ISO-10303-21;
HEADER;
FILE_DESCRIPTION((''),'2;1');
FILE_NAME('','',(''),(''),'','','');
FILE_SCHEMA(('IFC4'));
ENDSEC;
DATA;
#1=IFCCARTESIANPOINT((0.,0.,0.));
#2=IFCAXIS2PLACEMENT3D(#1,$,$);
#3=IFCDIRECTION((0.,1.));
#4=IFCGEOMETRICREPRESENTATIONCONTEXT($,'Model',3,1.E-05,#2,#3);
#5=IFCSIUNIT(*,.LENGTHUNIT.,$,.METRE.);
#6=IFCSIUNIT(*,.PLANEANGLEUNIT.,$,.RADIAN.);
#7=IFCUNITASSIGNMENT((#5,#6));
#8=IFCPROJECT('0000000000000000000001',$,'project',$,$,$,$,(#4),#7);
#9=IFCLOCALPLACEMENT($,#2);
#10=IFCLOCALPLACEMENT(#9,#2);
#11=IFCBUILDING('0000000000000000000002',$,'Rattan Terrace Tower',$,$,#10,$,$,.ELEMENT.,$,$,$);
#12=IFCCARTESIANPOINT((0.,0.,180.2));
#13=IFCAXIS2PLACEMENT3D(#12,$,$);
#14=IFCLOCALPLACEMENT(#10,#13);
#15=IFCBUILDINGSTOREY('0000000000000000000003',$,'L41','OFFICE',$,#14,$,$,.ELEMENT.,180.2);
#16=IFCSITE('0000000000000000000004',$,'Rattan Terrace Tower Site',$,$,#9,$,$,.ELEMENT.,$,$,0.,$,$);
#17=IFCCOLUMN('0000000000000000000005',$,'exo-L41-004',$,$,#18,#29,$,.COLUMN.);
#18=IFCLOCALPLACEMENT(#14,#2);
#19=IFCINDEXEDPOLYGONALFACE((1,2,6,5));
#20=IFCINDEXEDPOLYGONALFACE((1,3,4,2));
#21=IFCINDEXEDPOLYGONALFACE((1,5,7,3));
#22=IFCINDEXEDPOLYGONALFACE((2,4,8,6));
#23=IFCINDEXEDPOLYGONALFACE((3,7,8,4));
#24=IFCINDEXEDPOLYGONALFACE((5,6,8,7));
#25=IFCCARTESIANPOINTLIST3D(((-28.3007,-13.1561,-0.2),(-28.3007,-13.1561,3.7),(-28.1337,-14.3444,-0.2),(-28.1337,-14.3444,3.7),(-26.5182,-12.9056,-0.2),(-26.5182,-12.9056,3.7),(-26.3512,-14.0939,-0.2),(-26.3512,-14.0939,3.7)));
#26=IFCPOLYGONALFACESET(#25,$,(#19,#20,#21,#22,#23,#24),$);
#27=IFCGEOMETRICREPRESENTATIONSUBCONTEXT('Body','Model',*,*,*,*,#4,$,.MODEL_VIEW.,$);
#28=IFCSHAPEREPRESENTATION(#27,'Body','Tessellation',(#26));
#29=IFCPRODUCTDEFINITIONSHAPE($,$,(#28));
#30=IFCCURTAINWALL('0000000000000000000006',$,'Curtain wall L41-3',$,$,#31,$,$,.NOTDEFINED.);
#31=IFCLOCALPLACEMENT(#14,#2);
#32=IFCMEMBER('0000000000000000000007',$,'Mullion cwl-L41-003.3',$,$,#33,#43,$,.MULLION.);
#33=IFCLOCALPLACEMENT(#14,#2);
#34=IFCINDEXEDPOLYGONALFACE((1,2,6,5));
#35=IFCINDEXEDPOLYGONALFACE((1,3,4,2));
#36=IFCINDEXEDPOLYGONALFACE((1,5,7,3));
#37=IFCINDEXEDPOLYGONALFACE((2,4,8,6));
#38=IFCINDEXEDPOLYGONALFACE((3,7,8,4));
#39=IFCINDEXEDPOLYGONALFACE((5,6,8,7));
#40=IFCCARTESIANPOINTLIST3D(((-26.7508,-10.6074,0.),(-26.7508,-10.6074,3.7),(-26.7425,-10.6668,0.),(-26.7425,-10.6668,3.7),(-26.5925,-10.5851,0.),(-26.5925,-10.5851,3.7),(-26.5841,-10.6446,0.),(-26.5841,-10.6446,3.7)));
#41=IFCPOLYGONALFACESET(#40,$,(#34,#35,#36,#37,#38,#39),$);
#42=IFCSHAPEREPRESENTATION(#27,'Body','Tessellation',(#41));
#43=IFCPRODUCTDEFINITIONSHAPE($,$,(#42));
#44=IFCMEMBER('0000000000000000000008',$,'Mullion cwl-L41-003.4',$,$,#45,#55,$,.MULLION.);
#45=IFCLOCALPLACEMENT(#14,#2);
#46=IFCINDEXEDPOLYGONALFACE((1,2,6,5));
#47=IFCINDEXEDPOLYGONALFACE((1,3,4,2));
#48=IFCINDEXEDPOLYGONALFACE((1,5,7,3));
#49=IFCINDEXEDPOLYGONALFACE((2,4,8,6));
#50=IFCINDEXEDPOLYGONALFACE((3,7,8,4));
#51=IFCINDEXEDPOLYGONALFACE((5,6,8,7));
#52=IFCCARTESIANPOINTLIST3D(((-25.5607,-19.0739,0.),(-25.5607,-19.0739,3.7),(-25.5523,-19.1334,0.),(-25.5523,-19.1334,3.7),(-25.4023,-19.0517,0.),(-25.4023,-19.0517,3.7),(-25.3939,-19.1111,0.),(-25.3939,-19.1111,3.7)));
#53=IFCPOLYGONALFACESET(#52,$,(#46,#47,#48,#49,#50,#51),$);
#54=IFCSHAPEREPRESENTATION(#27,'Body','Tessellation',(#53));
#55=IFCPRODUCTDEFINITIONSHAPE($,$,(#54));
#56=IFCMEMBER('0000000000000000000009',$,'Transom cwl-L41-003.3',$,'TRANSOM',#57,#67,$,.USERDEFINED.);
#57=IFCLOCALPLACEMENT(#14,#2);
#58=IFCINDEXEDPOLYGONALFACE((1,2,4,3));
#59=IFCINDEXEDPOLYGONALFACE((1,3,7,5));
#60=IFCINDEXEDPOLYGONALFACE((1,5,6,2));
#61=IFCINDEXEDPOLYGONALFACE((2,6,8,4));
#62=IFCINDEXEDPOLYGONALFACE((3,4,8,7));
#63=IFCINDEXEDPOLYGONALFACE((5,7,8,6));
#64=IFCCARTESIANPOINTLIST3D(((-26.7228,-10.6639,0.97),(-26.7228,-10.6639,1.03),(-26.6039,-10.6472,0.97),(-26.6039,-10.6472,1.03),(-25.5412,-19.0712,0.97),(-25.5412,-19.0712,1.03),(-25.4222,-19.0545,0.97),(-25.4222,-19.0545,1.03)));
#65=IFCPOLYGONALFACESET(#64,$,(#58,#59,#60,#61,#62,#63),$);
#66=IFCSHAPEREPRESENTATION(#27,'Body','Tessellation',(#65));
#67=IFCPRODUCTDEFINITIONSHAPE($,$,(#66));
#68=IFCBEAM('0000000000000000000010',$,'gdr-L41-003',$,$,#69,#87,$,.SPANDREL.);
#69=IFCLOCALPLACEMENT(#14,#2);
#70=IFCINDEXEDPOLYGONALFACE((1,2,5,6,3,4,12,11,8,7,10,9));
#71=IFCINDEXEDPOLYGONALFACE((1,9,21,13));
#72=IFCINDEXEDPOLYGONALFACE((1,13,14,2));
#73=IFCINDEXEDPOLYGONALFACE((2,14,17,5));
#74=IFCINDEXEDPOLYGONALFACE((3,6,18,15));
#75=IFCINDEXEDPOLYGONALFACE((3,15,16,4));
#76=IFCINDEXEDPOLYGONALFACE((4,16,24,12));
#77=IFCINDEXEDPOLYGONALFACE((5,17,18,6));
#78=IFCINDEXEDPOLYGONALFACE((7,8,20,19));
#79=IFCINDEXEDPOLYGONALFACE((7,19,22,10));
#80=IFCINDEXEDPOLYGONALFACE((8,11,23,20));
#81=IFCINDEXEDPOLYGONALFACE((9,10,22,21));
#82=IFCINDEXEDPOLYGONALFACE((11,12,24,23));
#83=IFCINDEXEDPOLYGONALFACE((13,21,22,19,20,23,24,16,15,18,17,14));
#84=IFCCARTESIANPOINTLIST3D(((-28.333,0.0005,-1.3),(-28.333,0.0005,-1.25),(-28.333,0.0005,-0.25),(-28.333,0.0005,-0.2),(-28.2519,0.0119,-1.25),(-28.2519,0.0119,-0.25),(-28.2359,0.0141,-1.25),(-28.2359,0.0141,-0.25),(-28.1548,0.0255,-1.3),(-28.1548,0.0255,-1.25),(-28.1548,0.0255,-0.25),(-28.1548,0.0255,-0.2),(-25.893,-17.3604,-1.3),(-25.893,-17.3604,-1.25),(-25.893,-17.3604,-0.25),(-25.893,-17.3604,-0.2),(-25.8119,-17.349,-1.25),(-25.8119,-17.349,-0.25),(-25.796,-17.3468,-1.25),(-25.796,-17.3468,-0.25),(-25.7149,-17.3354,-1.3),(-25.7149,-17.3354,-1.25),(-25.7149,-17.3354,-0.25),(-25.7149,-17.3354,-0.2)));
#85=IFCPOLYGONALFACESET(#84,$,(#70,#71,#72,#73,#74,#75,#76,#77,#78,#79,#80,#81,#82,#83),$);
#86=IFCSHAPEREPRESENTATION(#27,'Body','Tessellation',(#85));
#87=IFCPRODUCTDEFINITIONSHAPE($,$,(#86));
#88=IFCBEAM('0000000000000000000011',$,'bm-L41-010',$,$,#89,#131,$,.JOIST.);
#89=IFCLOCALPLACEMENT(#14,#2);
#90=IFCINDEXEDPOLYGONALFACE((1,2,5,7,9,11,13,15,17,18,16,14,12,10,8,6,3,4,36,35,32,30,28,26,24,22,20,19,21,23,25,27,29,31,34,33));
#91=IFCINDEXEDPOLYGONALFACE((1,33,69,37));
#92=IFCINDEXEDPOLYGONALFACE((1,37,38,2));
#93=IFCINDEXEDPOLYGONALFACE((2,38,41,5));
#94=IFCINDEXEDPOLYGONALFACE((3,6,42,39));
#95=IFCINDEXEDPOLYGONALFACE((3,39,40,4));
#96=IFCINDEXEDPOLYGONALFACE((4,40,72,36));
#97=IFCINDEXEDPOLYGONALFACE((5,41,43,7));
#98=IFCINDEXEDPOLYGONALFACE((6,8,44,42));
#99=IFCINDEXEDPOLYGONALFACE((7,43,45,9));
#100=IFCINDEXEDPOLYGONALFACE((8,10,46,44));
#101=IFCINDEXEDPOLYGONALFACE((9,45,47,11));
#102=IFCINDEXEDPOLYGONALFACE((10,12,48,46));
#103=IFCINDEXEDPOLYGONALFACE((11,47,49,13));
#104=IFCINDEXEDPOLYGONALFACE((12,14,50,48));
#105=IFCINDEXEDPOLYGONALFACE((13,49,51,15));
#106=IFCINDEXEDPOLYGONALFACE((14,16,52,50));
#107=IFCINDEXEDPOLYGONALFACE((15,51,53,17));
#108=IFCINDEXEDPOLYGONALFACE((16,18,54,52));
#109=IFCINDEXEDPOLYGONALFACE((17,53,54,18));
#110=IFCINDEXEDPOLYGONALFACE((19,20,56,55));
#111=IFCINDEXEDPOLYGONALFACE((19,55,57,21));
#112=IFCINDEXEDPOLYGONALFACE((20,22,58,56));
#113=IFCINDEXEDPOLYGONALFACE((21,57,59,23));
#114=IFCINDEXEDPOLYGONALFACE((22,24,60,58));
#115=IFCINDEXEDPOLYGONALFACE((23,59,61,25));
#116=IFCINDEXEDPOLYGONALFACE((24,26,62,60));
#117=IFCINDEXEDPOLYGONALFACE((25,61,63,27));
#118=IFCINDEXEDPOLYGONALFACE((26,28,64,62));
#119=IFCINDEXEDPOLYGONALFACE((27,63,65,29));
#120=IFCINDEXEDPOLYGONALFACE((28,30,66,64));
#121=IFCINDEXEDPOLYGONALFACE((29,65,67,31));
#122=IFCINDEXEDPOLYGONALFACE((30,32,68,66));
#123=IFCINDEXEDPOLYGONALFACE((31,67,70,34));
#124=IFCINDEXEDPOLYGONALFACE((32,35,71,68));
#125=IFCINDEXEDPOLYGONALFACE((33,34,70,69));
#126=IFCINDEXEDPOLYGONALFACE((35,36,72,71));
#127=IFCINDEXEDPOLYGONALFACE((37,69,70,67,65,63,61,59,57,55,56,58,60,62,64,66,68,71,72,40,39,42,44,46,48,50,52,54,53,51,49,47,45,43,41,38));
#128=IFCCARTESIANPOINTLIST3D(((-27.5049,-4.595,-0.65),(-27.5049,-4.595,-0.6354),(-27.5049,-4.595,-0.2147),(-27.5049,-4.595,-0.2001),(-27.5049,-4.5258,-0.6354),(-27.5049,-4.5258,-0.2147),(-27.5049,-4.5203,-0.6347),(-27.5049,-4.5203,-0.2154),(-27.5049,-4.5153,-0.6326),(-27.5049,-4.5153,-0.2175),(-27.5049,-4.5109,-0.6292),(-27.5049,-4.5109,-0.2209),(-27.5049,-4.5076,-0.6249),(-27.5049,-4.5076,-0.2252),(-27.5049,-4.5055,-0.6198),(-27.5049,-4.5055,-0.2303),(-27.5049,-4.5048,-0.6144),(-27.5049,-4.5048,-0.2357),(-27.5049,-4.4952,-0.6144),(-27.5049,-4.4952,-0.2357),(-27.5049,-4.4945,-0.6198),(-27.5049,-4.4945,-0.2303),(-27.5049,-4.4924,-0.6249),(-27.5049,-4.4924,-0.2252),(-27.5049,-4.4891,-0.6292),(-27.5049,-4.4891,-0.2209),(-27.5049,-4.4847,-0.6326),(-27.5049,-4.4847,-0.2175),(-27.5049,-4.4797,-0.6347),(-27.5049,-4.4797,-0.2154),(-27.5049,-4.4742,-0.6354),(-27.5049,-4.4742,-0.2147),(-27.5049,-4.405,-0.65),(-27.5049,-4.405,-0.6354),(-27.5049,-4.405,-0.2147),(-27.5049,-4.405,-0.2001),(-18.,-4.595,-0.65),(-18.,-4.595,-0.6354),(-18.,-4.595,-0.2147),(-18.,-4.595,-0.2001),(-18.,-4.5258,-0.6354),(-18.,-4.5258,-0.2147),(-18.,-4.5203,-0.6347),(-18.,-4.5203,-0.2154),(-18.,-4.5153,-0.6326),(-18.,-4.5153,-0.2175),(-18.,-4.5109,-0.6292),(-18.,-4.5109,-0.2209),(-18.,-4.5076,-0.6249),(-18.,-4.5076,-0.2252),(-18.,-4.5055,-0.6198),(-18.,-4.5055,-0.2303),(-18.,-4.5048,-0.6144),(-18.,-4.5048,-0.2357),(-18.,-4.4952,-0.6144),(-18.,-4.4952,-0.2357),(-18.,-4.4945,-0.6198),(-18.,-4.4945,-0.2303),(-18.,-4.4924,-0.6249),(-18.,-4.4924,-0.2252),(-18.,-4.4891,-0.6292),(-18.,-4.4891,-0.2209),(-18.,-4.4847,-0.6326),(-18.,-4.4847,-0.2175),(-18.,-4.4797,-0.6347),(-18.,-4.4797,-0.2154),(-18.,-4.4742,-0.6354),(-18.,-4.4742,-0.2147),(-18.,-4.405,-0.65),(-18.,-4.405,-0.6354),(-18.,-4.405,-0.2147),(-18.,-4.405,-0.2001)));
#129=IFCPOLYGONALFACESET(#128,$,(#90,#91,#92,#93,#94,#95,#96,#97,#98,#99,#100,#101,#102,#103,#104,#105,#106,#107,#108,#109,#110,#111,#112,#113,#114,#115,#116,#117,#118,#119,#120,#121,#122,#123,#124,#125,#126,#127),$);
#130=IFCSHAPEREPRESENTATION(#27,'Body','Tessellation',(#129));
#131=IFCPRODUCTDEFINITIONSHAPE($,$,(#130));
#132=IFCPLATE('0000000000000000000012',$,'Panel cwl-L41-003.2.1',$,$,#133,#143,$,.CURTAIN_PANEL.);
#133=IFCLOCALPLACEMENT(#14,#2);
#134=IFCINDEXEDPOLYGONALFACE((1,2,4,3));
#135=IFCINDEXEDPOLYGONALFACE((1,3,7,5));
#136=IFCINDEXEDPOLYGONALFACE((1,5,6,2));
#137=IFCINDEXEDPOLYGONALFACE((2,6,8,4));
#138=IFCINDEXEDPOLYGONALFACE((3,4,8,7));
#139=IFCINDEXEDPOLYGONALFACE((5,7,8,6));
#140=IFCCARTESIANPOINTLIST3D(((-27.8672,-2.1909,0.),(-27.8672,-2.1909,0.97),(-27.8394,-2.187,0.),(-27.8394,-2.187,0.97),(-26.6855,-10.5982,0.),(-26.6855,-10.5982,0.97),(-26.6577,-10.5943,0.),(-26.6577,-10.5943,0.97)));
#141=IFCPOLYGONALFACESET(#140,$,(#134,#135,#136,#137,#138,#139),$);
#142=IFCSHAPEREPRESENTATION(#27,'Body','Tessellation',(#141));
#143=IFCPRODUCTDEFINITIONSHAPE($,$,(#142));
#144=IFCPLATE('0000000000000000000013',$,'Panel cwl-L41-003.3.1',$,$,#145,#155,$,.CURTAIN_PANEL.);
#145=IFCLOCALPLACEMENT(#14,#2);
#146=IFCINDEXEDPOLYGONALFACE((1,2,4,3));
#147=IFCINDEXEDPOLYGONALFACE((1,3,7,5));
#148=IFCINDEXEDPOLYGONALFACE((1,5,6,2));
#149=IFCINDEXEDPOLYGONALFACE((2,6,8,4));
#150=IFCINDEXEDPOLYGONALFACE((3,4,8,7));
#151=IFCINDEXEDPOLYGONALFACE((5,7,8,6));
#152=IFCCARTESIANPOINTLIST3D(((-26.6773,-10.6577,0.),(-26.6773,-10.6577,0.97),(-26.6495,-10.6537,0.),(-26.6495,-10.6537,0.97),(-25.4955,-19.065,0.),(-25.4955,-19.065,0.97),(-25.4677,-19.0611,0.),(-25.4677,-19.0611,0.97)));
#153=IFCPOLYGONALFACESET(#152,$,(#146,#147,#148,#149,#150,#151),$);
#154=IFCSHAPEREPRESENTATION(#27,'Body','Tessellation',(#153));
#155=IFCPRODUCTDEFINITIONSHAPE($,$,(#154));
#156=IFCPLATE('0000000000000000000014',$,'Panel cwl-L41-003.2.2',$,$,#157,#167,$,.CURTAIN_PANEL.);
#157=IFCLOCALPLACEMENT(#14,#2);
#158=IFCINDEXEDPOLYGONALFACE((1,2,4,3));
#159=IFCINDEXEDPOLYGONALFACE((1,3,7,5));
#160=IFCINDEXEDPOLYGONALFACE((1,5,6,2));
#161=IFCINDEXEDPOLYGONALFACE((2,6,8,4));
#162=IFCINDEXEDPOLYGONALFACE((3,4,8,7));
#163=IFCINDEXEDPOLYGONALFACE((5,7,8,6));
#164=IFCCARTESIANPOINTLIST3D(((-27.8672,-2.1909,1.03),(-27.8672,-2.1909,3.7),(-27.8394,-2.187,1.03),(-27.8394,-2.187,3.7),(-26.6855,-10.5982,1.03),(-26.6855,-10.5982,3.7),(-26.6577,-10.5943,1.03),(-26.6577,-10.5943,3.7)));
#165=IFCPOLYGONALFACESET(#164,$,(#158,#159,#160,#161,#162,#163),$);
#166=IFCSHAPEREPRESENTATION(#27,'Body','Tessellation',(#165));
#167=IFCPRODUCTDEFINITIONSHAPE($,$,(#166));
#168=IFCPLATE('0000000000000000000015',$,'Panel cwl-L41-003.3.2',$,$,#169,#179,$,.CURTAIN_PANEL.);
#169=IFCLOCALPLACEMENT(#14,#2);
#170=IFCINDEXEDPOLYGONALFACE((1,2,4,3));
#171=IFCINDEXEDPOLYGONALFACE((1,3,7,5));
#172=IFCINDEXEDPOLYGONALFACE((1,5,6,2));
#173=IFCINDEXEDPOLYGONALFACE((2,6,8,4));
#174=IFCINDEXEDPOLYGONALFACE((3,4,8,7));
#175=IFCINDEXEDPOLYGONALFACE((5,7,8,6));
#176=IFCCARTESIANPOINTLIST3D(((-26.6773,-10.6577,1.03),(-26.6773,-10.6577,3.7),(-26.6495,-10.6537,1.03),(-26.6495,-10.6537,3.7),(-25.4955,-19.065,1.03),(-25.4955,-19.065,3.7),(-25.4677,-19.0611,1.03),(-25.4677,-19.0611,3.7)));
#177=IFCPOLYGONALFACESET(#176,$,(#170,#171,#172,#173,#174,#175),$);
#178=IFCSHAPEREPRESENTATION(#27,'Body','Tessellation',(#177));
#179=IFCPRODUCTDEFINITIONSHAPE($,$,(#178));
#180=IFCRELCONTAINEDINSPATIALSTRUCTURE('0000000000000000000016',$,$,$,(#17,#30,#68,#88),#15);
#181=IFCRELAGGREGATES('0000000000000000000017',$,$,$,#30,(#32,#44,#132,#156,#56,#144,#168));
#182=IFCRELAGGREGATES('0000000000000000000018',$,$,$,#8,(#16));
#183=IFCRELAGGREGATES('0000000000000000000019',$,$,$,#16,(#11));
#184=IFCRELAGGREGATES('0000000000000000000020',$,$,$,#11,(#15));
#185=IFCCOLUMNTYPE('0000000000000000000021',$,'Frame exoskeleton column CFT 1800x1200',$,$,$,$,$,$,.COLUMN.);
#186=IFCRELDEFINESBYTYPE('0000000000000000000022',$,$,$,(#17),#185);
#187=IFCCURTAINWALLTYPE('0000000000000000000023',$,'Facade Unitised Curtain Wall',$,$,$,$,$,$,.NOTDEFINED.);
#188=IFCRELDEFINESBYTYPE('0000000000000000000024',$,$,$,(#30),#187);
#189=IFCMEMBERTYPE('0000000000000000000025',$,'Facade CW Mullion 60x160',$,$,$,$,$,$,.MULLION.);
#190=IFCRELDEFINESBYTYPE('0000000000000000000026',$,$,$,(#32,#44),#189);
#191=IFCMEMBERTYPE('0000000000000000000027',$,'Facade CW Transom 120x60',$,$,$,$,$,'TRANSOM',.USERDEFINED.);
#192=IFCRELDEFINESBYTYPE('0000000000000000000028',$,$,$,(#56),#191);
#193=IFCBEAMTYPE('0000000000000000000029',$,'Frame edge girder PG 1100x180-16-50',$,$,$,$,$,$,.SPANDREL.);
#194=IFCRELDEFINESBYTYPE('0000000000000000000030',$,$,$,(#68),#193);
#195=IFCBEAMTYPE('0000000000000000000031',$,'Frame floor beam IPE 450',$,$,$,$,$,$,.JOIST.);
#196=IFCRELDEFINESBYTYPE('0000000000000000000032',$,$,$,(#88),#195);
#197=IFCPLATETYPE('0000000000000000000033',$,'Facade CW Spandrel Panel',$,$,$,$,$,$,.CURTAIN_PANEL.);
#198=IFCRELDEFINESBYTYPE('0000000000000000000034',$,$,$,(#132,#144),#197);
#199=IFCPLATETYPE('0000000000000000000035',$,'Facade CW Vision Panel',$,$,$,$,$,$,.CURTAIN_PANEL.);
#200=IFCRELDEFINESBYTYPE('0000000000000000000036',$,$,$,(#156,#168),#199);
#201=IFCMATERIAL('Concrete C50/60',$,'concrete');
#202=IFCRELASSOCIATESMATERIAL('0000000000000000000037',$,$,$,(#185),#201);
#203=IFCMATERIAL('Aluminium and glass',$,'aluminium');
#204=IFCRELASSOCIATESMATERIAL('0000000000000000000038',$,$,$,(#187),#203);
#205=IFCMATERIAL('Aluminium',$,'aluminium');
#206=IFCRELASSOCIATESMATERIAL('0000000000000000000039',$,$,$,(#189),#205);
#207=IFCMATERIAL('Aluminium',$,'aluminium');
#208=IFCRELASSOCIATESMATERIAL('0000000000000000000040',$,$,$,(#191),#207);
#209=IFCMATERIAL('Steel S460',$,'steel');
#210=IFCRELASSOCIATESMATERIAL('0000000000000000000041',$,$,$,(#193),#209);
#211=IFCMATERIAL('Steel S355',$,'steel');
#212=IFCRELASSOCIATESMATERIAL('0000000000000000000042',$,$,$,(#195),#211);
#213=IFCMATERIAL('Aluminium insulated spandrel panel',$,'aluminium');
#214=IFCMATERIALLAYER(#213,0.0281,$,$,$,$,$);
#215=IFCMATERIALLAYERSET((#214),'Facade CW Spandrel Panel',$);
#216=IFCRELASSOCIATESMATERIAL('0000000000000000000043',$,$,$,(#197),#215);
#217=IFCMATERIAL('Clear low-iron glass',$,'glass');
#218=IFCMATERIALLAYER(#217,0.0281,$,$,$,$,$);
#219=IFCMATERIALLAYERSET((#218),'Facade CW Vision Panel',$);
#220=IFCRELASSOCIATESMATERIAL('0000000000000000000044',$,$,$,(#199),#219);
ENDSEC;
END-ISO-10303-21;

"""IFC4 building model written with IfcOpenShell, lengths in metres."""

from ifc_helpers import new_model, si_unit, direction, frame, origin, origin_2d, place, context, subcontext, project, spatial, rectangle, i_section, extrude, material, layer, layer_set, material_profile, profile_set, type_object, element, aggregate, save


model = new_model("IFC4")

# Units and contexts
model_context = context("Model", 3, precision=1e-05, world=origin(), true_north=direction((0.0, 1.0)))
body_context = subcontext(model_context, "Body", "Model", "MODEL_VIEW")
ifc_project = project(units=[si_unit("LENGTHUNIT", "METRE"), si_unit("PLANEANGLEUNIT", "RADIAN")], contexts=[model_context])

# Site, building, storey
site_placement = place(None, origin())
site = spatial("IfcSite", under=ifc_project, at=site_placement, Name="Rattan Terrace Tower Site", CompositionType="ELEMENT", RefElevation=0.0)
building_placement = place(site_placement, origin())
building = spatial("IfcBuilding", under=site, at=building_placement, Name="Rattan Terrace Tower", CompositionType="ELEMENT")
storey_placement = place(building_placement, frame((0.0, 0.0, 180.2)))
storey = spatial("IfcBuildingStorey", under=building, at=storey_placement, Name="L41", Description="OFFICE", CompositionType="ELEMENT", Elevation=180.2)

# Column
ifc_material_1 = material(Name="Concrete C50/60", Category="concrete")
ifc_material_profile_1 = material_profile(ifc_material_1, rectangle(XDim=1.2, YDim=1.8, at=origin_2d()), Name="CFT 1800x1200")
ifc_profile_set_1 = profile_set([ifc_material_profile_1], Name="Concrete C50/60")
column_type = type_object("IfcColumnType", Name="Frame exoskeleton column CFT 1800x1200", PredefinedType="COLUMN", material=ifc_profile_set_1)
column_placement = place(storey_placement, frame((-27.3259, -13.625, -0.2), z_axis=(0.0, 0.0, 1.0), x_axis=(-0.13919, 0.990266, 0.0)))
element("IfcColumn", 1, at=column_placement, inside=storey, type_object=column_type, Name="exo-L41-004", PredefinedType="COLUMN", context=body_context, shape_type="SweptSolid", body=[
    extrude(rectangle(XDim=1.2, YDim=1.8, at=origin_2d()), origin(), (0.0, 0.0, 1.0), 3.8999),
])

# Curtain wall, members
ifc_material_2 = material(Name="Aluminium and glass", Category="aluminium")
curtain_wall_type = type_object("IfcCurtainWallType", Name="Facade Unitised Curtain Wall", PredefinedType="NOTDEFINED", material=ifc_material_2)
curtain_wall_placement = place(storey_placement, origin())
curtain_wall = element("IfcCurtainWall", 2, at=curtain_wall_placement, inside=storey, type_object=curtain_wall_type, Name="Curtain wall L41-3", PredefinedType="NOTDEFINED")
ifc_material_3 = material(Name="Aluminium", Category="aluminium")
ifc_material_profile_2 = material_profile(ifc_material_3, rectangle(XDim=0.0601, YDim=0.1599, at=origin_2d()), Name="Aluminium 60x160")
ifc_profile_set_2 = profile_set([ifc_material_profile_2], Name="Aluminium")
member_type_1 = type_object("IfcMemberType", Name="Facade CW Mullion 60x160", PredefinedType="MULLION", material=ifc_profile_set_2)
member_1_placement = place(storey_placement, frame((-26.6675, -10.626, 0.0), z_axis=(0.0, 0.0, 1.0), x_axis=(0.139191, -0.990266, 0.0)))
member_1 = element("IfcMember", 3, at=member_1_placement, type_object=member_type_1, Name="Mullion cwl-L41-003.3", PredefinedType="MULLION", context=body_context, shape_type="SweptSolid", body=[
    extrude(rectangle(XDim=0.0601, YDim=0.1599, at=origin_2d()), origin(), (0.0, 0.0, 1.0), 3.7),
])
member_2_placement = place(storey_placement, frame((-25.4773, -19.0925, 0.0), z_axis=(0.0, 0.0, 1.0), x_axis=(0.139191, -0.990266, 0.0)))
member_2 = element("IfcMember", 4, at=member_2_placement, type_object=member_type_1, Name="Mullion cwl-L41-003.4", PredefinedType="MULLION", context=body_context, shape_type="SweptSolid", body=[
    extrude(rectangle(XDim=0.0601, YDim=0.1599, at=origin_2d()), origin(), (0.0, 0.0, 1.0), 3.7),
])
ifc_material_4 = material(Name="Aluminium", Category="aluminium")
ifc_material_profile_3 = material_profile(ifc_material_4, rectangle(XDim=0.1201, YDim=0.0601, at=origin_2d()), Name="Aluminium 120x60")
ifc_profile_set_3 = profile_set([ifc_material_profile_3], Name="Aluminium")
member_type_2 = type_object("IfcMemberType", Name="Facade CW Transom 120x60", ElementType="TRANSOM", PredefinedType="USERDEFINED", material=ifc_profile_set_3)
member_3_placement = place(storey_placement, frame((-26.6633, -10.6555, 1.0), z_axis=(0.139179, -0.990267, 0.0), x_axis=(0.990267, 0.139179, 0.0)))
member_3 = element("IfcMember", 5, at=member_3_placement, type_object=member_type_2, Name="Transom cwl-L41-003.3", ObjectType="TRANSOM", PredefinedType="USERDEFINED", context=body_context, shape_type="SweptSolid", body=[
    extrude(rectangle(XDim=0.1201, YDim=0.0601, at=origin_2d()), origin(), (0.0, 0.0, 1.0), 8.49),
])

# Beams
ifc_material_5 = material(Name="Steel S460", Category="steel")
ifc_material_profile_4 = material_profile(ifc_material_5, i_section(OverallWidth=0.1799, OverallDepth=1.1001, WebThickness=0.0161, FlangeThickness=0.05, at=origin_2d()), Name="PG 1100x180-16-50")
ifc_profile_set_4 = profile_set([ifc_material_profile_4], Name="Steel S460")
beam_type_1 = type_object("IfcBeamType", Name="Frame edge girder PG 1100x180-16-50", PredefinedType="SPANDREL", material=ifc_profile_set_4)
beam_1_placement = place(storey_placement, frame((-25.804, -17.3479, -0.75), z_axis=(-0.139175, 0.990268, 0.0), x_axis=(-0.990268, -0.139175, 0.0)))
element("IfcBeam", 6, at=beam_1_placement, inside=storey, type_object=beam_type_1, Name="gdr-L41-003", PredefinedType="SPANDREL", context=body_context, shape_type="SweptSolid", body=[
    extrude(i_section(OverallWidth=0.1799, OverallDepth=1.1001, WebThickness=0.0161, FlangeThickness=0.05, at=origin_2d()), origin(), (0.0, 0.0, 1.0), 17.5315),
])
ifc_material_6 = material(Name="Steel S355", Category="steel")
ifc_material_profile_5 = material_profile(ifc_material_6, i_section(OverallWidth=0.1899, OverallDepth=0.45, WebThickness=0.0095, FlangeThickness=0.0146, FilletRadius=0.021, at=origin_2d()), Name="IPE 450")
ifc_profile_set_5 = profile_set([ifc_material_profile_5], Name="Steel S355")
beam_type_2 = type_object("IfcBeamType", Name="Frame floor beam IPE 450", PredefinedType="JOIST", material=ifc_profile_set_5)
beam_2_placement = place(storey_placement, frame((-27.5049, -4.5, -0.425), z_axis=(1.0, 0.0, 0.0), x_axis=(0.0, 1.0, 0.0)))
element("IfcBeam", 7, at=beam_2_placement, inside=storey, type_object=beam_type_2, Name="bm-L41-010", PredefinedType="JOIST", context=body_context, shape_type="SweptSolid", body=[
    extrude(i_section(OverallWidth=0.1899, OverallDepth=0.45, WebThickness=0.0095, FlangeThickness=0.0146, FilletRadius=0.021, at=origin_2d()), origin(), (0.0, 0.0, 1.0), 9.5049),
])

# Plates
ifc_material_7 = material(Name="Aluminium insulated spandrel panel", Category="aluminium")
ifc_layer_1 = layer(ifc_material_7, 0.0281)
ifc_layer_set_1 = layer_set([ifc_layer_1], Name="Facade CW Spandrel Panel")
plate_type_1 = type_object("IfcPlateType", Name="Facade CW Spandrel Panel", PredefinedType="CURTAIN_PANEL", material=ifc_layer_set_1)
plate_1_placement = place(storey_placement, frame((-27.2625, -6.3926, 0.0), z_axis=(0.0, 0.0, 1.0), x_axis=(0.139191, -0.990266, 0.0)))
plate_1 = element("IfcPlate", 8, at=plate_1_placement, type_object=plate_type_1, Name="Panel cwl-L41-003.2.1", PredefinedType="CURTAIN_PANEL", context=body_context, shape_type="SweptSolid", body=[
    extrude(rectangle(XDim=8.49, YDim=0.0281, at=origin_2d()), origin(), (0.0, 0.0, 1.0), 0.97),
])
plate_2_placement = place(storey_placement, frame((-26.0725, -14.8594, 0.0), z_axis=(0.0, 0.0, 1.0), x_axis=(0.139191, -0.990266, 0.0)))
plate_2 = element("IfcPlate", 9, at=plate_2_placement, type_object=plate_type_1, Name="Panel cwl-L41-003.3.1", PredefinedType="CURTAIN_PANEL", context=body_context, shape_type="SweptSolid", body=[
    extrude(rectangle(XDim=8.49, YDim=0.0281, at=origin_2d()), origin(), (0.0, 0.0, 1.0), 0.97),
])
ifc_material_8 = material(Name="Clear low-iron glass", Category="glass")
ifc_layer_2 = layer(ifc_material_8, 0.0281)
ifc_layer_set_2 = layer_set([ifc_layer_2], Name="Facade CW Vision Panel")
plate_type_2 = type_object("IfcPlateType", Name="Facade CW Vision Panel", PredefinedType="CURTAIN_PANEL", material=ifc_layer_set_2)
plate_3_placement = place(storey_placement, frame((-27.2625, -6.3926, 1.03), z_axis=(0.0, 0.0, 1.0), x_axis=(0.139191, -0.990266, 0.0)))
plate_3 = element("IfcPlate", 10, at=plate_3_placement, type_object=plate_type_2, Name="Panel cwl-L41-003.2.2", PredefinedType="CURTAIN_PANEL", context=body_context, shape_type="SweptSolid", body=[
    extrude(rectangle(XDim=8.49, YDim=0.0281, at=origin_2d()), origin(), (0.0, 0.0, 1.0), 2.6699),
])
plate_4_placement = place(storey_placement, frame((-26.0725, -14.8594, 1.03), z_axis=(0.0, 0.0, 1.0), x_axis=(0.139191, -0.990266, 0.0)))
plate_4 = element("IfcPlate", 11, at=plate_4_placement, type_object=plate_type_2, Name="Panel cwl-L41-003.3.2", PredefinedType="CURTAIN_PANEL", context=body_context, shape_type="SweptSolid", body=[
    extrude(rectangle(XDim=8.49, YDim=0.0281, at=origin_2d()), origin(), (0.0, 0.0, 1.0), 2.6699),
])
aggregate(curtain_wall, [member_1, member_2, plate_1, plate_3, member_3, plate_2, plate_4])

save(model, "model.ifc")
